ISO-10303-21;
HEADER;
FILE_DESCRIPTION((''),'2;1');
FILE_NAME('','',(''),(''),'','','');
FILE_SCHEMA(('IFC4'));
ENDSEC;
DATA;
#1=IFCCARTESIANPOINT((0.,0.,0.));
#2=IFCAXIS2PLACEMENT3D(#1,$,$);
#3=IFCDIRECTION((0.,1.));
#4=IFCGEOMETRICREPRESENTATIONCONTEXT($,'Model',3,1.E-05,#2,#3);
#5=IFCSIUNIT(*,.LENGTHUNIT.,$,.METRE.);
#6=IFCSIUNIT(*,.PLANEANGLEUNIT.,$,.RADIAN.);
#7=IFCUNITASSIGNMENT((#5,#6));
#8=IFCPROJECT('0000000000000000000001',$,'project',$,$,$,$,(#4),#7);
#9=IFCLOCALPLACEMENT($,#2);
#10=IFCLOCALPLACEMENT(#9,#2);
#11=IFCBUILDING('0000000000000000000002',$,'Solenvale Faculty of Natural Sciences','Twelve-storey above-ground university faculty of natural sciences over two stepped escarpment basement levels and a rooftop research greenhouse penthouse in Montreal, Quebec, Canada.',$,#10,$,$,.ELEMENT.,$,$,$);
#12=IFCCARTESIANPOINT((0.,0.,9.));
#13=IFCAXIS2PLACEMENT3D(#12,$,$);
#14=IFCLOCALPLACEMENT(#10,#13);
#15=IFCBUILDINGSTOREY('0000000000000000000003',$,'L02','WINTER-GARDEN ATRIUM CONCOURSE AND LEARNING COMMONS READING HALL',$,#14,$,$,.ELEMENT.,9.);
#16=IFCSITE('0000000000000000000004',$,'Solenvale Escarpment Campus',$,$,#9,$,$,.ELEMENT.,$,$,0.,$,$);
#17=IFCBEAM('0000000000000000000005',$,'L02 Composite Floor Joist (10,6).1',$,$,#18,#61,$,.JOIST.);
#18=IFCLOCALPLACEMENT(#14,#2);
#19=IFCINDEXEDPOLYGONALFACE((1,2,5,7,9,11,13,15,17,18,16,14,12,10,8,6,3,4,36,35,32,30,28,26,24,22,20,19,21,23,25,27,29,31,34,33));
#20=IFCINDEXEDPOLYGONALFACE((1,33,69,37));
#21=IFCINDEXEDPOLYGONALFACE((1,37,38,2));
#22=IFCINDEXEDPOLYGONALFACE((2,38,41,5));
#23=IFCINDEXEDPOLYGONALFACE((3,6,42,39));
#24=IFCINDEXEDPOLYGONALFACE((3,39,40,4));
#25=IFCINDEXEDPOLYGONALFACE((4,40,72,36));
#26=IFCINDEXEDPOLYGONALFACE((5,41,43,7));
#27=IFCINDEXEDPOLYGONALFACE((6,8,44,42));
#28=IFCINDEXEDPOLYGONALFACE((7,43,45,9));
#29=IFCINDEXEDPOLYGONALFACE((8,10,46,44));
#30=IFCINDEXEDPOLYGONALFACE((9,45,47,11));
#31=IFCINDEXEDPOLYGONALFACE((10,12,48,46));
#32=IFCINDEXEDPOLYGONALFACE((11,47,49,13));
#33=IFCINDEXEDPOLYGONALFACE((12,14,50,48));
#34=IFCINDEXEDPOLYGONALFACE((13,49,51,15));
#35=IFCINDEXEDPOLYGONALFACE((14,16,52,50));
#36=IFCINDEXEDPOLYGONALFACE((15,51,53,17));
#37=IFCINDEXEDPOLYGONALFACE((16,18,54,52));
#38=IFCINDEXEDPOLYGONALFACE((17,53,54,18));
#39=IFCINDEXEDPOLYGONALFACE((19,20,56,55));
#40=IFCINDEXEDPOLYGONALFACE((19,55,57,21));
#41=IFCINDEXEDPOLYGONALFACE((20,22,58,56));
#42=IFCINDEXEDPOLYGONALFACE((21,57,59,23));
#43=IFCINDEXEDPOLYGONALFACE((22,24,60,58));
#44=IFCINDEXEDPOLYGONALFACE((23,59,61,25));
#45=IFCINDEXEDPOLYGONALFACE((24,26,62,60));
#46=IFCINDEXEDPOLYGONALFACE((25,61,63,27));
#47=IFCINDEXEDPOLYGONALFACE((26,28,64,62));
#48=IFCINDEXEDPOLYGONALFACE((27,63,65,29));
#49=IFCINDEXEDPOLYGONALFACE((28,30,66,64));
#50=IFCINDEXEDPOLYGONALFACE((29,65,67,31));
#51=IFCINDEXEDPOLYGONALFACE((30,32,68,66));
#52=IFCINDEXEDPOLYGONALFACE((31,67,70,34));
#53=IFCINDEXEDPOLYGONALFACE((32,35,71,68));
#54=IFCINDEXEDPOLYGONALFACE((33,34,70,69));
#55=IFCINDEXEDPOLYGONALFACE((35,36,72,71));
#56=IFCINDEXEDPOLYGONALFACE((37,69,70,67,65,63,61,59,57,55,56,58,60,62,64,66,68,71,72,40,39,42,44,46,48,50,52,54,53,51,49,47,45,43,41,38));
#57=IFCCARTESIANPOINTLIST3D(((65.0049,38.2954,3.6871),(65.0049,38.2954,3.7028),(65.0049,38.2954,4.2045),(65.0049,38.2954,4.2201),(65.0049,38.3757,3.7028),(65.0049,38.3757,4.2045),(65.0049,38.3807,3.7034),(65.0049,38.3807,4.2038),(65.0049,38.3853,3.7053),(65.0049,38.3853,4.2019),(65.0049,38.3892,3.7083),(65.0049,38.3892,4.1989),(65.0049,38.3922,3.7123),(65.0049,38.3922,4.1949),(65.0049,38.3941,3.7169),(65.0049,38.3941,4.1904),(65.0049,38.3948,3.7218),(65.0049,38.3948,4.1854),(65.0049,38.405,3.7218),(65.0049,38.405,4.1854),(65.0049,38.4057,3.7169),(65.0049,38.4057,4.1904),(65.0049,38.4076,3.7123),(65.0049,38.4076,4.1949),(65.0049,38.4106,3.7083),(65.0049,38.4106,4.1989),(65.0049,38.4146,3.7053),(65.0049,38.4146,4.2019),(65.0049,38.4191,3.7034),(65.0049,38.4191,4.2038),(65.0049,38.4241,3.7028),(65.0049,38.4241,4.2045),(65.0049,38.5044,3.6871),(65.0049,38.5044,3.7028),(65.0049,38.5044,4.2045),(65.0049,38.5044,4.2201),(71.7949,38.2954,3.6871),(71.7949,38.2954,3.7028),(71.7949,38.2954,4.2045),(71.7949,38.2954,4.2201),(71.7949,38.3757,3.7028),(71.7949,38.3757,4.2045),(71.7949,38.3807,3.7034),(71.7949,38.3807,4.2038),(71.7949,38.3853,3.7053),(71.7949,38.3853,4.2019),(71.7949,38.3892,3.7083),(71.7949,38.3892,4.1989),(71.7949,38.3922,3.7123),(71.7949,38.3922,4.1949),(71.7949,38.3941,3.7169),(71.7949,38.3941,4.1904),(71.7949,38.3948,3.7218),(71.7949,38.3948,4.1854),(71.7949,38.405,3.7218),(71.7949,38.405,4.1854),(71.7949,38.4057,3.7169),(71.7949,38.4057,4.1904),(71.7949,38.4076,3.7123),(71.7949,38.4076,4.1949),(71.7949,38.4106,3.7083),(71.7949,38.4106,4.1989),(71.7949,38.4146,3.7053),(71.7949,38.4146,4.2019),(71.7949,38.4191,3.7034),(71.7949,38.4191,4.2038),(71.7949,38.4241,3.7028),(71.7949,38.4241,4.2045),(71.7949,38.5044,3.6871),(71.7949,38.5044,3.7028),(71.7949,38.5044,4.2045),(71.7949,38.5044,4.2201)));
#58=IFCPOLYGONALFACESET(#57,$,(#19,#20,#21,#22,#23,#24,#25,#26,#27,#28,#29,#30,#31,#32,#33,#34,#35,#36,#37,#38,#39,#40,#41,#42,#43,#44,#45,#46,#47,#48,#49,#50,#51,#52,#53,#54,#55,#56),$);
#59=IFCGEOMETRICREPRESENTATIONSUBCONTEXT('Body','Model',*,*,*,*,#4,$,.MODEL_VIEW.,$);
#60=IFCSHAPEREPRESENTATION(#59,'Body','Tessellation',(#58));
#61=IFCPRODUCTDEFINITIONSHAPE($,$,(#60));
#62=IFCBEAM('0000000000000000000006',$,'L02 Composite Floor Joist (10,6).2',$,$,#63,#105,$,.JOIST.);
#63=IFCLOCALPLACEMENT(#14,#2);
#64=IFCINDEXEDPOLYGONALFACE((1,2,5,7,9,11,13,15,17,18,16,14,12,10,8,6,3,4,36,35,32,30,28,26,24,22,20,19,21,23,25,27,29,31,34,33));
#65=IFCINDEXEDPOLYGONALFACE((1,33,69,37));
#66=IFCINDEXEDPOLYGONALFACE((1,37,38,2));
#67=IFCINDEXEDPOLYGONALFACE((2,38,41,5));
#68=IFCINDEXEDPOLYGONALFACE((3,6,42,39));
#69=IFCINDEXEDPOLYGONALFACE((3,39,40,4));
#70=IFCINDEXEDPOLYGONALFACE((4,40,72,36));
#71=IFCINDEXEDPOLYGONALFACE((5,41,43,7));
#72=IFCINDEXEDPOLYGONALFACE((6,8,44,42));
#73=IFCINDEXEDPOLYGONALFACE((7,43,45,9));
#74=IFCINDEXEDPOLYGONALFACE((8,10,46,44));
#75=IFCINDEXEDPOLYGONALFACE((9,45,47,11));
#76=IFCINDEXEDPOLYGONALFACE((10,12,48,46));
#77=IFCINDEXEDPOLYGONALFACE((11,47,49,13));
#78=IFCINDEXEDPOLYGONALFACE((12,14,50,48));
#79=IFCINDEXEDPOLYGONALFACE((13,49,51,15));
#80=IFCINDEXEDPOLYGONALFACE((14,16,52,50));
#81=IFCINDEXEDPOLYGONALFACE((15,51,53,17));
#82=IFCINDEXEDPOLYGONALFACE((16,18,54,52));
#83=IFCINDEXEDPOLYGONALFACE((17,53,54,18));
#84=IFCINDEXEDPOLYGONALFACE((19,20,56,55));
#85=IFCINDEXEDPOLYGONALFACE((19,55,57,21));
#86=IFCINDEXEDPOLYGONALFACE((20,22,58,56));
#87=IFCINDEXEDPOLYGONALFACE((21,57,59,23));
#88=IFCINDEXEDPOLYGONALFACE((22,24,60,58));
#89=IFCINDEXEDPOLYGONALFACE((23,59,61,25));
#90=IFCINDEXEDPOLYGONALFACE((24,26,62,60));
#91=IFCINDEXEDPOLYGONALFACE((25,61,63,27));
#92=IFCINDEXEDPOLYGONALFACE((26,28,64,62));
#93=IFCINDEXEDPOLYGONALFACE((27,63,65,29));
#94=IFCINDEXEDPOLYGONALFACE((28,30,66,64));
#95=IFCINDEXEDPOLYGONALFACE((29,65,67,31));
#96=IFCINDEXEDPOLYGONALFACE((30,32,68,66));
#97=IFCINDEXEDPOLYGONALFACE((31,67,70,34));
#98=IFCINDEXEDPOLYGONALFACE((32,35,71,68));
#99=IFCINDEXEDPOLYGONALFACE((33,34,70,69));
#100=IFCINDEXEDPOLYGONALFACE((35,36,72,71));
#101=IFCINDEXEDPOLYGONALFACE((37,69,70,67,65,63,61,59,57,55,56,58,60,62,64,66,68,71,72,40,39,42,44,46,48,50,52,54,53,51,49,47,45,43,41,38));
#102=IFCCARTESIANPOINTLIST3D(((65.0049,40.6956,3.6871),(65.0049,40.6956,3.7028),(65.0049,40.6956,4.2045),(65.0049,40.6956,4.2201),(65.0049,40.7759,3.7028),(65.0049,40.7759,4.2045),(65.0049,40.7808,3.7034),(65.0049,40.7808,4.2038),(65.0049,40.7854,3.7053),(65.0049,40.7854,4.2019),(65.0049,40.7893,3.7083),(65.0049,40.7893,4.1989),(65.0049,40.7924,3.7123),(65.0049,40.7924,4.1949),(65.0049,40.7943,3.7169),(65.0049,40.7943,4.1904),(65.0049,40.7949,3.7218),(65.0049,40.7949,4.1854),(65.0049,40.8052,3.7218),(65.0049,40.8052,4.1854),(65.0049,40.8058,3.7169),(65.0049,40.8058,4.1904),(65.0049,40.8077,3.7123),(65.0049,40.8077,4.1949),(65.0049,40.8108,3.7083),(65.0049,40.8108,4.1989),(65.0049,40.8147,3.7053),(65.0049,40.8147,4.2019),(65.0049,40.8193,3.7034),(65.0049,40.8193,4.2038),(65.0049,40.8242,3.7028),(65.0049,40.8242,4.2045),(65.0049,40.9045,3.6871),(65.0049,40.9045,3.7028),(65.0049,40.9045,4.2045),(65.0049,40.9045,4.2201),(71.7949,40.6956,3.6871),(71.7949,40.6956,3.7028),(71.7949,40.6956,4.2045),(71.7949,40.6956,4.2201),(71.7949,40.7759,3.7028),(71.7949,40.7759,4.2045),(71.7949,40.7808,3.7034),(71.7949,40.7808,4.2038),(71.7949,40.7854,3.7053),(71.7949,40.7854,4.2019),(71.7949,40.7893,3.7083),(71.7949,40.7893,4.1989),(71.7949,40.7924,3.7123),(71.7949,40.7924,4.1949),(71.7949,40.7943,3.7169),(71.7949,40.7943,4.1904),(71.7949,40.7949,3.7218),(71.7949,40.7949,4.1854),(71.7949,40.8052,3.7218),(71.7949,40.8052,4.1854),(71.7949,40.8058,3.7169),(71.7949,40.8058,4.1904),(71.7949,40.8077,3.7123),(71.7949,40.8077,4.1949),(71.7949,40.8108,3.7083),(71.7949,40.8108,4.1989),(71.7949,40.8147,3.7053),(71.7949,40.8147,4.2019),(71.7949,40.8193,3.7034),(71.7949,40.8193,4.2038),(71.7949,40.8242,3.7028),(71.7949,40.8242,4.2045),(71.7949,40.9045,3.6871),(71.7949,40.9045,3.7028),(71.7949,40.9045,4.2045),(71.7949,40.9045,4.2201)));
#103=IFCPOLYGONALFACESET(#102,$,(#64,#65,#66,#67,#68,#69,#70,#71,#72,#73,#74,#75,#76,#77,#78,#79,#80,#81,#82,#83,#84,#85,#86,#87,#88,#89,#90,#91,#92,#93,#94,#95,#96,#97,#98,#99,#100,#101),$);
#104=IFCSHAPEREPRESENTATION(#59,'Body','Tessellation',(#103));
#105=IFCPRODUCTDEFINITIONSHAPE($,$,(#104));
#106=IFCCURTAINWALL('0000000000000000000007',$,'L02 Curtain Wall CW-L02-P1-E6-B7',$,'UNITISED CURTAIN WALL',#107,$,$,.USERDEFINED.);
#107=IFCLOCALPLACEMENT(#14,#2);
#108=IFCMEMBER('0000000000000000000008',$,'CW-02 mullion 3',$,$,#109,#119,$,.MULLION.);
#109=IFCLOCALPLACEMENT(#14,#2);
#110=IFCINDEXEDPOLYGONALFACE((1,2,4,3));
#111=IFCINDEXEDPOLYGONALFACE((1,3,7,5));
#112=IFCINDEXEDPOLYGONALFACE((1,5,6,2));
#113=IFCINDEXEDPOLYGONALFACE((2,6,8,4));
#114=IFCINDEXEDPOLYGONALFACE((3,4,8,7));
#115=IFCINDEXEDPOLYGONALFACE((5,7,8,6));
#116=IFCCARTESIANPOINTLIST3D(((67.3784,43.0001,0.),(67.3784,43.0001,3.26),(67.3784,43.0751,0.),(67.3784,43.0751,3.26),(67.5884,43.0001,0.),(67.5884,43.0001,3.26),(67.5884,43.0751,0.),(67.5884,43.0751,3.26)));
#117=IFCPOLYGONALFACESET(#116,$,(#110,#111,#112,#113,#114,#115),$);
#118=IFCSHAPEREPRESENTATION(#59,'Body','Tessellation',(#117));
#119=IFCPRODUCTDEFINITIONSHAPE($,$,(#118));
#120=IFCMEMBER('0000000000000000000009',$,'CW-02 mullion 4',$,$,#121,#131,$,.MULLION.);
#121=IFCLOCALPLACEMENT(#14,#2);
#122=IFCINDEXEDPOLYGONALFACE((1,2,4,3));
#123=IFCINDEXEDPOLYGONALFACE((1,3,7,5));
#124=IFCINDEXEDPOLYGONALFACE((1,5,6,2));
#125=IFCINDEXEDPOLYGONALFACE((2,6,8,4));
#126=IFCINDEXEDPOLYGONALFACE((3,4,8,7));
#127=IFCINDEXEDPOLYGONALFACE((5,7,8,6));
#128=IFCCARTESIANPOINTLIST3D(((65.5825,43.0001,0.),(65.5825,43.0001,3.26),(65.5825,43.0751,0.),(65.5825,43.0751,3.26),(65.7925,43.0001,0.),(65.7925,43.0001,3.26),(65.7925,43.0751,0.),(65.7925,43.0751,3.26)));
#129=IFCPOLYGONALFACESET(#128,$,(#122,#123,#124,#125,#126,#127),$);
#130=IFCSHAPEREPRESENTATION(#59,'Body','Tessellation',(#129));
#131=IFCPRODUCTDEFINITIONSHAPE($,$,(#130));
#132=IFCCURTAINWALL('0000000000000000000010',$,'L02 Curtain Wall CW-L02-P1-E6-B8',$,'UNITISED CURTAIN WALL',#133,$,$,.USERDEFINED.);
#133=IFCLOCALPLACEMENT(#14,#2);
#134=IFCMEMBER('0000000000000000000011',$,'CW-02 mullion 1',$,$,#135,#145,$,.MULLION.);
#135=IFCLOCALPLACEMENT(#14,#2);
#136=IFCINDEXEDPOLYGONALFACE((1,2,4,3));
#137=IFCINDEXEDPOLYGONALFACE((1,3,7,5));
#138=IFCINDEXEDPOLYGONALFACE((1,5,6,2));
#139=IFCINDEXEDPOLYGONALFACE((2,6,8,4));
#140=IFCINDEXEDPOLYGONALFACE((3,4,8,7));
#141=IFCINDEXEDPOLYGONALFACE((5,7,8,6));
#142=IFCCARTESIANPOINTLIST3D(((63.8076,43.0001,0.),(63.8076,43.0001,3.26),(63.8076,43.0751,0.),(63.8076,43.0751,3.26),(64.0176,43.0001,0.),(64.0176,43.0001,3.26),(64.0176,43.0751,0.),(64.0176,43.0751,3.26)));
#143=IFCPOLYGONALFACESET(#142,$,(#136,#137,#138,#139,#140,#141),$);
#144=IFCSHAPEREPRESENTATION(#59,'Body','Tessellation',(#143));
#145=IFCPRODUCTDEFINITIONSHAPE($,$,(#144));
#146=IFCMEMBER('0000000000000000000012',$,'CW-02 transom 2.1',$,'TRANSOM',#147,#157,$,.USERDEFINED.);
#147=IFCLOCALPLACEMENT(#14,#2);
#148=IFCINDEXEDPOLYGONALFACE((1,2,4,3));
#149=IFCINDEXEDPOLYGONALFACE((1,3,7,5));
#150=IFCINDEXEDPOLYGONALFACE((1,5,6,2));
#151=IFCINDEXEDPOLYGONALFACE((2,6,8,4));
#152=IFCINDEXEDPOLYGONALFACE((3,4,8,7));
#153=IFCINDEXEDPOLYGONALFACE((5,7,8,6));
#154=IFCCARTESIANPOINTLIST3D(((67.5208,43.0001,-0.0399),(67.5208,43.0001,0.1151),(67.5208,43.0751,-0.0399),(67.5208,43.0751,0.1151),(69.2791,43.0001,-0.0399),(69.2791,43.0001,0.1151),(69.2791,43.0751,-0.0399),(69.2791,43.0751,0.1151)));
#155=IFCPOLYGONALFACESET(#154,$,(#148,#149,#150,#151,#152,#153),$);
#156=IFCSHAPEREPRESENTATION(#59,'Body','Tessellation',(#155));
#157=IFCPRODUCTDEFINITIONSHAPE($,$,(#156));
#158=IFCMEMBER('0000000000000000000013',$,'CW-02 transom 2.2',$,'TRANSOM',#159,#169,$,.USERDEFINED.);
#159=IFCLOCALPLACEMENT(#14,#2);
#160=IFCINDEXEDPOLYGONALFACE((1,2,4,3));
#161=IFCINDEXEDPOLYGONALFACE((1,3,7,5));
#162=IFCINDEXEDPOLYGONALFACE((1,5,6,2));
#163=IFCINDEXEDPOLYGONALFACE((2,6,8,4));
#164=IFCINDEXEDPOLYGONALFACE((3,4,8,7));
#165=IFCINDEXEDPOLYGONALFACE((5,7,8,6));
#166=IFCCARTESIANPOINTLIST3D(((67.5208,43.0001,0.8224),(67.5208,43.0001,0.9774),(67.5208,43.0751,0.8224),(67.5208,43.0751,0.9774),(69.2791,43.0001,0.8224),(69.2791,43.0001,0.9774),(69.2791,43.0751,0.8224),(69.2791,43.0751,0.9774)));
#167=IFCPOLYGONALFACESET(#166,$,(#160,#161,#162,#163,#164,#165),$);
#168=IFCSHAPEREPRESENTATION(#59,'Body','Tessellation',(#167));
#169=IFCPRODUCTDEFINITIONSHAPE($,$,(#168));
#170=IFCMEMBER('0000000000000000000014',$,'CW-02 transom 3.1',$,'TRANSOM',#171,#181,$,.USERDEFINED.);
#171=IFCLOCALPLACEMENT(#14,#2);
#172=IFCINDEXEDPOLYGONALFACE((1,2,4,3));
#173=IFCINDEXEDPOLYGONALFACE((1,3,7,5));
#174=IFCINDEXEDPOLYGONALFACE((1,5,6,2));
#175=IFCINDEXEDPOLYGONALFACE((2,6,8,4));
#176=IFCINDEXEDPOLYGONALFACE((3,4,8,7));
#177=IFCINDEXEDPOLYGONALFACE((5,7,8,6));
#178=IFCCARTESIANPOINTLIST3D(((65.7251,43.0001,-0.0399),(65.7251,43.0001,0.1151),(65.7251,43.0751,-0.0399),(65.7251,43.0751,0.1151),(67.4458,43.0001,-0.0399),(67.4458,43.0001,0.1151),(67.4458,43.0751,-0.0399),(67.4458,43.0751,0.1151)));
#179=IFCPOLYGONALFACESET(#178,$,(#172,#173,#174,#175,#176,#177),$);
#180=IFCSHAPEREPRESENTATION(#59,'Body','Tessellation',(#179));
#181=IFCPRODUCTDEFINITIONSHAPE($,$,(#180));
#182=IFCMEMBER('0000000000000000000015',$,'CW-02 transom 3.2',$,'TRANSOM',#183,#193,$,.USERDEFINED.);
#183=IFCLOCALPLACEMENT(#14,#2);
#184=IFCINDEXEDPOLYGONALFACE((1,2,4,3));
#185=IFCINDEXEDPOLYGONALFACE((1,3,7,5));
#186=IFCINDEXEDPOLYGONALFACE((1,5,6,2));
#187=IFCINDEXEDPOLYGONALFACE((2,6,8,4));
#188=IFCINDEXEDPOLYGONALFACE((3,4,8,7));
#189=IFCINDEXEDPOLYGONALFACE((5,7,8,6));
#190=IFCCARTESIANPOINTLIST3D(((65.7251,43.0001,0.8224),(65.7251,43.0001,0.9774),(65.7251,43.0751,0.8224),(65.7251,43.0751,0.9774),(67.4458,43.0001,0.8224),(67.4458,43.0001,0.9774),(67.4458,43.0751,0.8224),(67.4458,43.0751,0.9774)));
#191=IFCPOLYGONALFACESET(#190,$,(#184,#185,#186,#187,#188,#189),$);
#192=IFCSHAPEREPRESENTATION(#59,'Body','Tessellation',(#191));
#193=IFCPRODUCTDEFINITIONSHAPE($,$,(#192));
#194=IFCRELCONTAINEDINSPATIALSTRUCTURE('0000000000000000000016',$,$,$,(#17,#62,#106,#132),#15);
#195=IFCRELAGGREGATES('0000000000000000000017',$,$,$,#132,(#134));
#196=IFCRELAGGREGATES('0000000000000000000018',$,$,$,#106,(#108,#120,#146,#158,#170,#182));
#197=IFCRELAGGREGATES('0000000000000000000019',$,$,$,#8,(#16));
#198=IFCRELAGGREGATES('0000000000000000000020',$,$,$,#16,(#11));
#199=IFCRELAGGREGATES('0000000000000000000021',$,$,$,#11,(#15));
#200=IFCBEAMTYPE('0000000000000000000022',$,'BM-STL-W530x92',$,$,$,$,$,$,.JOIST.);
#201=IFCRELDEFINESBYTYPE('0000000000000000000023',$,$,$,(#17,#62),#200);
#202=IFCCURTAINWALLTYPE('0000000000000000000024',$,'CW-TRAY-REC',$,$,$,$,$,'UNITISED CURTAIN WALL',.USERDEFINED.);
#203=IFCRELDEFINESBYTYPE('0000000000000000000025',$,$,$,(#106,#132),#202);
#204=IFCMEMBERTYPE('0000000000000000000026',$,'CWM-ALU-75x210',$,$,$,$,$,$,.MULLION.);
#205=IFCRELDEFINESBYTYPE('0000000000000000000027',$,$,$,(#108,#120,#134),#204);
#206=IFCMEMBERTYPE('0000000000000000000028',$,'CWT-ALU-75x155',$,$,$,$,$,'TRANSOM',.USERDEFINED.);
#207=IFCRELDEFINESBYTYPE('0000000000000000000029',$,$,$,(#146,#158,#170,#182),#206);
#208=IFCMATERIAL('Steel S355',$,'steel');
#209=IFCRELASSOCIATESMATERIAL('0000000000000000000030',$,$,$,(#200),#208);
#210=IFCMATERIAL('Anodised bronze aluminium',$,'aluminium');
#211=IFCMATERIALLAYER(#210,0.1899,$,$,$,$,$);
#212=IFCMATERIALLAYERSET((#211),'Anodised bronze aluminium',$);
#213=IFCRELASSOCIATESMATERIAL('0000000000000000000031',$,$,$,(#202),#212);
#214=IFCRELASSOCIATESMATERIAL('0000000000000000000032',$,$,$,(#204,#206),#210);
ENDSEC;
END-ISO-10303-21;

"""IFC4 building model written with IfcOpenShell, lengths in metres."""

from ifc_helpers import new_model, si_unit, direction, frame, origin, origin_2d, place, context, subcontext, project, spatial, rectangle, i_section, extrude, material, layer, layer_set, material_profile, profile_set, type_object, element, aggregate, save


model = new_model("IFC4")

# Units and contexts
model_context = context("Model", 3, precision=1e-05, world=origin(), true_north=direction((0.0, 1.0)))
body_context = subcontext(model_context, "Body", "Model", "MODEL_VIEW")
ifc_project = project(units=[si_unit("LENGTHUNIT", "METRE"), si_unit("PLANEANGLEUNIT", "RADIAN")], contexts=[model_context])

# Site, building, storey
site_placement = place(None, origin())
site = spatial("IfcSite", under=ifc_project, at=site_placement, Name="Solenvale Escarpment Campus", CompositionType="ELEMENT", RefElevation=0.0)
building_placement = place(site_placement, origin())
building = spatial("IfcBuilding", under=site, at=building_placement, Name="Solenvale Faculty of Natural Sciences", Description="Twelve-storey above-ground university faculty of natural sciences over two stepped escarpment basement levels and a rooftop research greenhouse penthouse in Montreal, Quebec, Canada.", CompositionType="ELEMENT")
storey_placement = place(building_placement, frame((0.0, 0.0, 9.0)))
storey = spatial("IfcBuildingStorey", under=building, at=storey_placement, Name="L02", Description="WINTER-GARDEN ATRIUM CONCOURSE AND LEARNING COMMONS READING HALL", CompositionType="ELEMENT", Elevation=9.0)

# Beams
ifc_material_1 = material(Name="Steel S355", Category="steel")
ifc_material_profile_1 = material_profile(ifc_material_1, i_section(OverallWidth=0.209, OverallDepth=0.533, WebThickness=0.0103, FlangeThickness=0.0156, FilletRadius=0.019, at=origin_2d()), Name="W530x92")
ifc_profile_set_1 = profile_set([ifc_material_profile_1], Name="Steel S355")
beam_type_1 = type_object("IfcBeamType", Name="BM-STL-W530x92", PredefinedType="JOIST", material=ifc_profile_set_1)
for number, where, z_axis, x_axis, name in (
    (1, (65.0049, 38.3999, 3.9536), (1.0, 0.0, 0.0), (0.0, 1.0, 0.0), "L02 Composite Floor Joist (10,6).1"),
    (2, (65.0049, 40.8, 3.9536), (1.0, 0.0, 0.0), (0.0, 1.0, 0.0), "L02 Composite Floor Joist (10,6).2"),
):
    element("IfcBeam", number, at=place(storey_placement, frame(where, z_axis=z_axis, x_axis=x_axis)), inside=storey, type_object=beam_type_1, Name=name, PredefinedType="JOIST", context=body_context, shape_type="SweptSolid", body=[
        extrude(i_section(OverallWidth=0.209, OverallDepth=0.533, WebThickness=0.0103, FlangeThickness=0.0156, FilletRadius=0.019, at=origin_2d()), origin(), (0.0, 0.0, 1.0), 6.79),
    ])

# Curtain wall, members
ifc_material_2 = material(Name="Anodised bronze aluminium", Category="aluminium")
ifc_layer_1 = layer(ifc_material_2, 0.1899)
ifc_layer_set_1 = layer_set([ifc_layer_1], Name="Anodised bronze aluminium")
curtain_wall_type = type_object("IfcCurtainWallType", Name="CW-TRAY-REC", ElementType="UNITISED CURTAIN WALL", PredefinedType="USERDEFINED", material=ifc_layer_set_1)
curtain_wall_1_placement = place(storey_placement, origin())
curtain_wall_1 = element("IfcCurtainWall", 3, at=curtain_wall_1_placement, inside=storey, type_object=curtain_wall_type, Name="L02 Curtain Wall CW-L02-P1-E6-B7", ObjectType="UNITISED CURTAIN WALL", PredefinedType="USERDEFINED")
ifc_material_profile_2 = material_profile(ifc_material_2, rectangle(XDim=0.075, YDim=0.21, at=origin_2d()), Name="ALU-MUL-75x210")
ifc_profile_set_2 = profile_set([ifc_material_profile_2], Name="Anodised bronze aluminium")
member_type_1 = type_object("IfcMemberType", Name="CWM-ALU-75x210", PredefinedType="MULLION", material=ifc_profile_set_2)
member_1_placement = place(storey_placement, frame((67.4834, 43.0376, 0.0), z_axis=(0.0, 0.0, 1.0), x_axis=(0.0, -1.0, 0.0)))
member_1 = element("IfcMember", 4, at=member_1_placement, type_object=member_type_1, Name="CW-02 mullion 3", PredefinedType="MULLION", context=body_context, shape_type="SweptSolid", body=[
    extrude(rectangle(XDim=0.075, YDim=0.21, at=origin_2d()), origin(), (0.0, 0.0, 1.0), 3.26),
])
member_2_placement = place(storey_placement, frame((65.6875, 43.0376, 0.0), z_axis=(0.0, 0.0, 1.0), x_axis=(0.0, -1.0, 0.0)))
member_2 = element("IfcMember", 5, at=member_2_placement, type_object=member_type_1, Name="CW-02 mullion 4", PredefinedType="MULLION", context=body_context, shape_type="SweptSolid", body=[
    extrude(rectangle(XDim=0.075, YDim=0.21, at=origin_2d()), origin(), (0.0, 0.0, 1.0), 3.26),
])

# Curtain wall, member
curtain_wall_2_placement = place(storey_placement, origin())
curtain_wall_2 = element("IfcCurtainWall", 6, at=curtain_wall_2_placement, inside=storey, type_object=curtain_wall_type, Name="L02 Curtain Wall CW-L02-P1-E6-B8", ObjectType="UNITISED CURTAIN WALL", PredefinedType="USERDEFINED")
member_3_placement = place(storey_placement, frame((63.9126, 43.0376, 0.0), z_axis=(0.0, 0.0, 1.0), x_axis=(0.0, -1.0, 0.0)))
member_3 = element("IfcMember", 7, at=member_3_placement, type_object=member_type_1, Name="CW-02 mullion 1", PredefinedType="MULLION", context=body_context, shape_type="SweptSolid", body=[
    extrude(rectangle(XDim=0.075, YDim=0.21, at=origin_2d()), origin(), (0.0, 0.0, 1.0), 3.26),
])

# Members
ifc_material_profile_3 = material_profile(ifc_material_2, rectangle(XDim=0.075, YDim=0.155, at=origin_2d()), Name="ALU-TRN-75x155")
ifc_profile_set_3 = profile_set([ifc_material_profile_3], Name="Anodised bronze aluminium")
member_type_2 = type_object("IfcMemberType", Name="CWT-ALU-75x155", ElementType="TRANSOM", PredefinedType="USERDEFINED", material=ifc_profile_set_3)
member_4_placement = place(storey_placement, frame((69.2791, 43.0376, 0.0376), z_axis=(-1.0, 0.0, 0.0), x_axis=(0.0, -1.0, 0.0)))
member_4 = element("IfcMember", 8, at=member_4_placement, type_object=member_type_2, Name="CW-02 transom 2.1", ObjectType="TRANSOM", PredefinedType="USERDEFINED", context=body_context, shape_type="SweptSolid", body=[
    extrude(rectangle(XDim=0.075, YDim=0.155, at=origin_2d()), origin(), (0.0, 0.0, 1.0), 1.7583),
])
member_5_placement = place(storey_placement, frame((69.2791, 43.0376, 0.8999), z_axis=(-1.0, 0.0, 0.0), x_axis=(0.0, -1.0, 0.0)))
member_5 = element("IfcMember", 9, at=member_5_placement, type_object=member_type_2, Name="CW-02 transom 2.2", ObjectType="TRANSOM", PredefinedType="USERDEFINED", context=body_context, shape_type="SweptSolid", body=[
    extrude(rectangle(XDim=0.075, YDim=0.155, at=origin_2d()), origin(), (0.0, 0.0, 1.0), 1.7583),
])
member_6_placement = place(storey_placement, frame((67.4458, 43.0376, 0.0376), z_axis=(-1.0, 0.0, 0.0), x_axis=(0.0, -1.0, 0.0)))
member_6 = element("IfcMember", 10, at=member_6_placement, type_object=member_type_2, Name="CW-02 transom 3.1", ObjectType="TRANSOM", PredefinedType="USERDEFINED", context=body_context, shape_type="SweptSolid", body=[
    extrude(rectangle(XDim=0.075, YDim=0.155, at=origin_2d()), origin(), (0.0, 0.0, 1.0), 1.7207),
])
member_7_placement = place(storey_placement, frame((67.4458, 43.0376, 0.8999), z_axis=(-1.0, 0.0, 0.0), x_axis=(0.0, -1.0, 0.0)))
member_7 = element("IfcMember", 11, at=member_7_placement, type_object=member_type_2, Name="CW-02 transom 3.2", ObjectType="TRANSOM", PredefinedType="USERDEFINED", context=body_context, shape_type="SweptSolid", body=[
    extrude(rectangle(XDim=0.075, YDim=0.155, at=origin_2d()), origin(), (0.0, 0.0, 1.0), 1.7207),
])
aggregate(curtain_wall_2, [member_3])

aggregate(curtain_wall_1, [member_1, member_2, member_4, member_5, member_6, member_7])

save(model, "model.ifc")
